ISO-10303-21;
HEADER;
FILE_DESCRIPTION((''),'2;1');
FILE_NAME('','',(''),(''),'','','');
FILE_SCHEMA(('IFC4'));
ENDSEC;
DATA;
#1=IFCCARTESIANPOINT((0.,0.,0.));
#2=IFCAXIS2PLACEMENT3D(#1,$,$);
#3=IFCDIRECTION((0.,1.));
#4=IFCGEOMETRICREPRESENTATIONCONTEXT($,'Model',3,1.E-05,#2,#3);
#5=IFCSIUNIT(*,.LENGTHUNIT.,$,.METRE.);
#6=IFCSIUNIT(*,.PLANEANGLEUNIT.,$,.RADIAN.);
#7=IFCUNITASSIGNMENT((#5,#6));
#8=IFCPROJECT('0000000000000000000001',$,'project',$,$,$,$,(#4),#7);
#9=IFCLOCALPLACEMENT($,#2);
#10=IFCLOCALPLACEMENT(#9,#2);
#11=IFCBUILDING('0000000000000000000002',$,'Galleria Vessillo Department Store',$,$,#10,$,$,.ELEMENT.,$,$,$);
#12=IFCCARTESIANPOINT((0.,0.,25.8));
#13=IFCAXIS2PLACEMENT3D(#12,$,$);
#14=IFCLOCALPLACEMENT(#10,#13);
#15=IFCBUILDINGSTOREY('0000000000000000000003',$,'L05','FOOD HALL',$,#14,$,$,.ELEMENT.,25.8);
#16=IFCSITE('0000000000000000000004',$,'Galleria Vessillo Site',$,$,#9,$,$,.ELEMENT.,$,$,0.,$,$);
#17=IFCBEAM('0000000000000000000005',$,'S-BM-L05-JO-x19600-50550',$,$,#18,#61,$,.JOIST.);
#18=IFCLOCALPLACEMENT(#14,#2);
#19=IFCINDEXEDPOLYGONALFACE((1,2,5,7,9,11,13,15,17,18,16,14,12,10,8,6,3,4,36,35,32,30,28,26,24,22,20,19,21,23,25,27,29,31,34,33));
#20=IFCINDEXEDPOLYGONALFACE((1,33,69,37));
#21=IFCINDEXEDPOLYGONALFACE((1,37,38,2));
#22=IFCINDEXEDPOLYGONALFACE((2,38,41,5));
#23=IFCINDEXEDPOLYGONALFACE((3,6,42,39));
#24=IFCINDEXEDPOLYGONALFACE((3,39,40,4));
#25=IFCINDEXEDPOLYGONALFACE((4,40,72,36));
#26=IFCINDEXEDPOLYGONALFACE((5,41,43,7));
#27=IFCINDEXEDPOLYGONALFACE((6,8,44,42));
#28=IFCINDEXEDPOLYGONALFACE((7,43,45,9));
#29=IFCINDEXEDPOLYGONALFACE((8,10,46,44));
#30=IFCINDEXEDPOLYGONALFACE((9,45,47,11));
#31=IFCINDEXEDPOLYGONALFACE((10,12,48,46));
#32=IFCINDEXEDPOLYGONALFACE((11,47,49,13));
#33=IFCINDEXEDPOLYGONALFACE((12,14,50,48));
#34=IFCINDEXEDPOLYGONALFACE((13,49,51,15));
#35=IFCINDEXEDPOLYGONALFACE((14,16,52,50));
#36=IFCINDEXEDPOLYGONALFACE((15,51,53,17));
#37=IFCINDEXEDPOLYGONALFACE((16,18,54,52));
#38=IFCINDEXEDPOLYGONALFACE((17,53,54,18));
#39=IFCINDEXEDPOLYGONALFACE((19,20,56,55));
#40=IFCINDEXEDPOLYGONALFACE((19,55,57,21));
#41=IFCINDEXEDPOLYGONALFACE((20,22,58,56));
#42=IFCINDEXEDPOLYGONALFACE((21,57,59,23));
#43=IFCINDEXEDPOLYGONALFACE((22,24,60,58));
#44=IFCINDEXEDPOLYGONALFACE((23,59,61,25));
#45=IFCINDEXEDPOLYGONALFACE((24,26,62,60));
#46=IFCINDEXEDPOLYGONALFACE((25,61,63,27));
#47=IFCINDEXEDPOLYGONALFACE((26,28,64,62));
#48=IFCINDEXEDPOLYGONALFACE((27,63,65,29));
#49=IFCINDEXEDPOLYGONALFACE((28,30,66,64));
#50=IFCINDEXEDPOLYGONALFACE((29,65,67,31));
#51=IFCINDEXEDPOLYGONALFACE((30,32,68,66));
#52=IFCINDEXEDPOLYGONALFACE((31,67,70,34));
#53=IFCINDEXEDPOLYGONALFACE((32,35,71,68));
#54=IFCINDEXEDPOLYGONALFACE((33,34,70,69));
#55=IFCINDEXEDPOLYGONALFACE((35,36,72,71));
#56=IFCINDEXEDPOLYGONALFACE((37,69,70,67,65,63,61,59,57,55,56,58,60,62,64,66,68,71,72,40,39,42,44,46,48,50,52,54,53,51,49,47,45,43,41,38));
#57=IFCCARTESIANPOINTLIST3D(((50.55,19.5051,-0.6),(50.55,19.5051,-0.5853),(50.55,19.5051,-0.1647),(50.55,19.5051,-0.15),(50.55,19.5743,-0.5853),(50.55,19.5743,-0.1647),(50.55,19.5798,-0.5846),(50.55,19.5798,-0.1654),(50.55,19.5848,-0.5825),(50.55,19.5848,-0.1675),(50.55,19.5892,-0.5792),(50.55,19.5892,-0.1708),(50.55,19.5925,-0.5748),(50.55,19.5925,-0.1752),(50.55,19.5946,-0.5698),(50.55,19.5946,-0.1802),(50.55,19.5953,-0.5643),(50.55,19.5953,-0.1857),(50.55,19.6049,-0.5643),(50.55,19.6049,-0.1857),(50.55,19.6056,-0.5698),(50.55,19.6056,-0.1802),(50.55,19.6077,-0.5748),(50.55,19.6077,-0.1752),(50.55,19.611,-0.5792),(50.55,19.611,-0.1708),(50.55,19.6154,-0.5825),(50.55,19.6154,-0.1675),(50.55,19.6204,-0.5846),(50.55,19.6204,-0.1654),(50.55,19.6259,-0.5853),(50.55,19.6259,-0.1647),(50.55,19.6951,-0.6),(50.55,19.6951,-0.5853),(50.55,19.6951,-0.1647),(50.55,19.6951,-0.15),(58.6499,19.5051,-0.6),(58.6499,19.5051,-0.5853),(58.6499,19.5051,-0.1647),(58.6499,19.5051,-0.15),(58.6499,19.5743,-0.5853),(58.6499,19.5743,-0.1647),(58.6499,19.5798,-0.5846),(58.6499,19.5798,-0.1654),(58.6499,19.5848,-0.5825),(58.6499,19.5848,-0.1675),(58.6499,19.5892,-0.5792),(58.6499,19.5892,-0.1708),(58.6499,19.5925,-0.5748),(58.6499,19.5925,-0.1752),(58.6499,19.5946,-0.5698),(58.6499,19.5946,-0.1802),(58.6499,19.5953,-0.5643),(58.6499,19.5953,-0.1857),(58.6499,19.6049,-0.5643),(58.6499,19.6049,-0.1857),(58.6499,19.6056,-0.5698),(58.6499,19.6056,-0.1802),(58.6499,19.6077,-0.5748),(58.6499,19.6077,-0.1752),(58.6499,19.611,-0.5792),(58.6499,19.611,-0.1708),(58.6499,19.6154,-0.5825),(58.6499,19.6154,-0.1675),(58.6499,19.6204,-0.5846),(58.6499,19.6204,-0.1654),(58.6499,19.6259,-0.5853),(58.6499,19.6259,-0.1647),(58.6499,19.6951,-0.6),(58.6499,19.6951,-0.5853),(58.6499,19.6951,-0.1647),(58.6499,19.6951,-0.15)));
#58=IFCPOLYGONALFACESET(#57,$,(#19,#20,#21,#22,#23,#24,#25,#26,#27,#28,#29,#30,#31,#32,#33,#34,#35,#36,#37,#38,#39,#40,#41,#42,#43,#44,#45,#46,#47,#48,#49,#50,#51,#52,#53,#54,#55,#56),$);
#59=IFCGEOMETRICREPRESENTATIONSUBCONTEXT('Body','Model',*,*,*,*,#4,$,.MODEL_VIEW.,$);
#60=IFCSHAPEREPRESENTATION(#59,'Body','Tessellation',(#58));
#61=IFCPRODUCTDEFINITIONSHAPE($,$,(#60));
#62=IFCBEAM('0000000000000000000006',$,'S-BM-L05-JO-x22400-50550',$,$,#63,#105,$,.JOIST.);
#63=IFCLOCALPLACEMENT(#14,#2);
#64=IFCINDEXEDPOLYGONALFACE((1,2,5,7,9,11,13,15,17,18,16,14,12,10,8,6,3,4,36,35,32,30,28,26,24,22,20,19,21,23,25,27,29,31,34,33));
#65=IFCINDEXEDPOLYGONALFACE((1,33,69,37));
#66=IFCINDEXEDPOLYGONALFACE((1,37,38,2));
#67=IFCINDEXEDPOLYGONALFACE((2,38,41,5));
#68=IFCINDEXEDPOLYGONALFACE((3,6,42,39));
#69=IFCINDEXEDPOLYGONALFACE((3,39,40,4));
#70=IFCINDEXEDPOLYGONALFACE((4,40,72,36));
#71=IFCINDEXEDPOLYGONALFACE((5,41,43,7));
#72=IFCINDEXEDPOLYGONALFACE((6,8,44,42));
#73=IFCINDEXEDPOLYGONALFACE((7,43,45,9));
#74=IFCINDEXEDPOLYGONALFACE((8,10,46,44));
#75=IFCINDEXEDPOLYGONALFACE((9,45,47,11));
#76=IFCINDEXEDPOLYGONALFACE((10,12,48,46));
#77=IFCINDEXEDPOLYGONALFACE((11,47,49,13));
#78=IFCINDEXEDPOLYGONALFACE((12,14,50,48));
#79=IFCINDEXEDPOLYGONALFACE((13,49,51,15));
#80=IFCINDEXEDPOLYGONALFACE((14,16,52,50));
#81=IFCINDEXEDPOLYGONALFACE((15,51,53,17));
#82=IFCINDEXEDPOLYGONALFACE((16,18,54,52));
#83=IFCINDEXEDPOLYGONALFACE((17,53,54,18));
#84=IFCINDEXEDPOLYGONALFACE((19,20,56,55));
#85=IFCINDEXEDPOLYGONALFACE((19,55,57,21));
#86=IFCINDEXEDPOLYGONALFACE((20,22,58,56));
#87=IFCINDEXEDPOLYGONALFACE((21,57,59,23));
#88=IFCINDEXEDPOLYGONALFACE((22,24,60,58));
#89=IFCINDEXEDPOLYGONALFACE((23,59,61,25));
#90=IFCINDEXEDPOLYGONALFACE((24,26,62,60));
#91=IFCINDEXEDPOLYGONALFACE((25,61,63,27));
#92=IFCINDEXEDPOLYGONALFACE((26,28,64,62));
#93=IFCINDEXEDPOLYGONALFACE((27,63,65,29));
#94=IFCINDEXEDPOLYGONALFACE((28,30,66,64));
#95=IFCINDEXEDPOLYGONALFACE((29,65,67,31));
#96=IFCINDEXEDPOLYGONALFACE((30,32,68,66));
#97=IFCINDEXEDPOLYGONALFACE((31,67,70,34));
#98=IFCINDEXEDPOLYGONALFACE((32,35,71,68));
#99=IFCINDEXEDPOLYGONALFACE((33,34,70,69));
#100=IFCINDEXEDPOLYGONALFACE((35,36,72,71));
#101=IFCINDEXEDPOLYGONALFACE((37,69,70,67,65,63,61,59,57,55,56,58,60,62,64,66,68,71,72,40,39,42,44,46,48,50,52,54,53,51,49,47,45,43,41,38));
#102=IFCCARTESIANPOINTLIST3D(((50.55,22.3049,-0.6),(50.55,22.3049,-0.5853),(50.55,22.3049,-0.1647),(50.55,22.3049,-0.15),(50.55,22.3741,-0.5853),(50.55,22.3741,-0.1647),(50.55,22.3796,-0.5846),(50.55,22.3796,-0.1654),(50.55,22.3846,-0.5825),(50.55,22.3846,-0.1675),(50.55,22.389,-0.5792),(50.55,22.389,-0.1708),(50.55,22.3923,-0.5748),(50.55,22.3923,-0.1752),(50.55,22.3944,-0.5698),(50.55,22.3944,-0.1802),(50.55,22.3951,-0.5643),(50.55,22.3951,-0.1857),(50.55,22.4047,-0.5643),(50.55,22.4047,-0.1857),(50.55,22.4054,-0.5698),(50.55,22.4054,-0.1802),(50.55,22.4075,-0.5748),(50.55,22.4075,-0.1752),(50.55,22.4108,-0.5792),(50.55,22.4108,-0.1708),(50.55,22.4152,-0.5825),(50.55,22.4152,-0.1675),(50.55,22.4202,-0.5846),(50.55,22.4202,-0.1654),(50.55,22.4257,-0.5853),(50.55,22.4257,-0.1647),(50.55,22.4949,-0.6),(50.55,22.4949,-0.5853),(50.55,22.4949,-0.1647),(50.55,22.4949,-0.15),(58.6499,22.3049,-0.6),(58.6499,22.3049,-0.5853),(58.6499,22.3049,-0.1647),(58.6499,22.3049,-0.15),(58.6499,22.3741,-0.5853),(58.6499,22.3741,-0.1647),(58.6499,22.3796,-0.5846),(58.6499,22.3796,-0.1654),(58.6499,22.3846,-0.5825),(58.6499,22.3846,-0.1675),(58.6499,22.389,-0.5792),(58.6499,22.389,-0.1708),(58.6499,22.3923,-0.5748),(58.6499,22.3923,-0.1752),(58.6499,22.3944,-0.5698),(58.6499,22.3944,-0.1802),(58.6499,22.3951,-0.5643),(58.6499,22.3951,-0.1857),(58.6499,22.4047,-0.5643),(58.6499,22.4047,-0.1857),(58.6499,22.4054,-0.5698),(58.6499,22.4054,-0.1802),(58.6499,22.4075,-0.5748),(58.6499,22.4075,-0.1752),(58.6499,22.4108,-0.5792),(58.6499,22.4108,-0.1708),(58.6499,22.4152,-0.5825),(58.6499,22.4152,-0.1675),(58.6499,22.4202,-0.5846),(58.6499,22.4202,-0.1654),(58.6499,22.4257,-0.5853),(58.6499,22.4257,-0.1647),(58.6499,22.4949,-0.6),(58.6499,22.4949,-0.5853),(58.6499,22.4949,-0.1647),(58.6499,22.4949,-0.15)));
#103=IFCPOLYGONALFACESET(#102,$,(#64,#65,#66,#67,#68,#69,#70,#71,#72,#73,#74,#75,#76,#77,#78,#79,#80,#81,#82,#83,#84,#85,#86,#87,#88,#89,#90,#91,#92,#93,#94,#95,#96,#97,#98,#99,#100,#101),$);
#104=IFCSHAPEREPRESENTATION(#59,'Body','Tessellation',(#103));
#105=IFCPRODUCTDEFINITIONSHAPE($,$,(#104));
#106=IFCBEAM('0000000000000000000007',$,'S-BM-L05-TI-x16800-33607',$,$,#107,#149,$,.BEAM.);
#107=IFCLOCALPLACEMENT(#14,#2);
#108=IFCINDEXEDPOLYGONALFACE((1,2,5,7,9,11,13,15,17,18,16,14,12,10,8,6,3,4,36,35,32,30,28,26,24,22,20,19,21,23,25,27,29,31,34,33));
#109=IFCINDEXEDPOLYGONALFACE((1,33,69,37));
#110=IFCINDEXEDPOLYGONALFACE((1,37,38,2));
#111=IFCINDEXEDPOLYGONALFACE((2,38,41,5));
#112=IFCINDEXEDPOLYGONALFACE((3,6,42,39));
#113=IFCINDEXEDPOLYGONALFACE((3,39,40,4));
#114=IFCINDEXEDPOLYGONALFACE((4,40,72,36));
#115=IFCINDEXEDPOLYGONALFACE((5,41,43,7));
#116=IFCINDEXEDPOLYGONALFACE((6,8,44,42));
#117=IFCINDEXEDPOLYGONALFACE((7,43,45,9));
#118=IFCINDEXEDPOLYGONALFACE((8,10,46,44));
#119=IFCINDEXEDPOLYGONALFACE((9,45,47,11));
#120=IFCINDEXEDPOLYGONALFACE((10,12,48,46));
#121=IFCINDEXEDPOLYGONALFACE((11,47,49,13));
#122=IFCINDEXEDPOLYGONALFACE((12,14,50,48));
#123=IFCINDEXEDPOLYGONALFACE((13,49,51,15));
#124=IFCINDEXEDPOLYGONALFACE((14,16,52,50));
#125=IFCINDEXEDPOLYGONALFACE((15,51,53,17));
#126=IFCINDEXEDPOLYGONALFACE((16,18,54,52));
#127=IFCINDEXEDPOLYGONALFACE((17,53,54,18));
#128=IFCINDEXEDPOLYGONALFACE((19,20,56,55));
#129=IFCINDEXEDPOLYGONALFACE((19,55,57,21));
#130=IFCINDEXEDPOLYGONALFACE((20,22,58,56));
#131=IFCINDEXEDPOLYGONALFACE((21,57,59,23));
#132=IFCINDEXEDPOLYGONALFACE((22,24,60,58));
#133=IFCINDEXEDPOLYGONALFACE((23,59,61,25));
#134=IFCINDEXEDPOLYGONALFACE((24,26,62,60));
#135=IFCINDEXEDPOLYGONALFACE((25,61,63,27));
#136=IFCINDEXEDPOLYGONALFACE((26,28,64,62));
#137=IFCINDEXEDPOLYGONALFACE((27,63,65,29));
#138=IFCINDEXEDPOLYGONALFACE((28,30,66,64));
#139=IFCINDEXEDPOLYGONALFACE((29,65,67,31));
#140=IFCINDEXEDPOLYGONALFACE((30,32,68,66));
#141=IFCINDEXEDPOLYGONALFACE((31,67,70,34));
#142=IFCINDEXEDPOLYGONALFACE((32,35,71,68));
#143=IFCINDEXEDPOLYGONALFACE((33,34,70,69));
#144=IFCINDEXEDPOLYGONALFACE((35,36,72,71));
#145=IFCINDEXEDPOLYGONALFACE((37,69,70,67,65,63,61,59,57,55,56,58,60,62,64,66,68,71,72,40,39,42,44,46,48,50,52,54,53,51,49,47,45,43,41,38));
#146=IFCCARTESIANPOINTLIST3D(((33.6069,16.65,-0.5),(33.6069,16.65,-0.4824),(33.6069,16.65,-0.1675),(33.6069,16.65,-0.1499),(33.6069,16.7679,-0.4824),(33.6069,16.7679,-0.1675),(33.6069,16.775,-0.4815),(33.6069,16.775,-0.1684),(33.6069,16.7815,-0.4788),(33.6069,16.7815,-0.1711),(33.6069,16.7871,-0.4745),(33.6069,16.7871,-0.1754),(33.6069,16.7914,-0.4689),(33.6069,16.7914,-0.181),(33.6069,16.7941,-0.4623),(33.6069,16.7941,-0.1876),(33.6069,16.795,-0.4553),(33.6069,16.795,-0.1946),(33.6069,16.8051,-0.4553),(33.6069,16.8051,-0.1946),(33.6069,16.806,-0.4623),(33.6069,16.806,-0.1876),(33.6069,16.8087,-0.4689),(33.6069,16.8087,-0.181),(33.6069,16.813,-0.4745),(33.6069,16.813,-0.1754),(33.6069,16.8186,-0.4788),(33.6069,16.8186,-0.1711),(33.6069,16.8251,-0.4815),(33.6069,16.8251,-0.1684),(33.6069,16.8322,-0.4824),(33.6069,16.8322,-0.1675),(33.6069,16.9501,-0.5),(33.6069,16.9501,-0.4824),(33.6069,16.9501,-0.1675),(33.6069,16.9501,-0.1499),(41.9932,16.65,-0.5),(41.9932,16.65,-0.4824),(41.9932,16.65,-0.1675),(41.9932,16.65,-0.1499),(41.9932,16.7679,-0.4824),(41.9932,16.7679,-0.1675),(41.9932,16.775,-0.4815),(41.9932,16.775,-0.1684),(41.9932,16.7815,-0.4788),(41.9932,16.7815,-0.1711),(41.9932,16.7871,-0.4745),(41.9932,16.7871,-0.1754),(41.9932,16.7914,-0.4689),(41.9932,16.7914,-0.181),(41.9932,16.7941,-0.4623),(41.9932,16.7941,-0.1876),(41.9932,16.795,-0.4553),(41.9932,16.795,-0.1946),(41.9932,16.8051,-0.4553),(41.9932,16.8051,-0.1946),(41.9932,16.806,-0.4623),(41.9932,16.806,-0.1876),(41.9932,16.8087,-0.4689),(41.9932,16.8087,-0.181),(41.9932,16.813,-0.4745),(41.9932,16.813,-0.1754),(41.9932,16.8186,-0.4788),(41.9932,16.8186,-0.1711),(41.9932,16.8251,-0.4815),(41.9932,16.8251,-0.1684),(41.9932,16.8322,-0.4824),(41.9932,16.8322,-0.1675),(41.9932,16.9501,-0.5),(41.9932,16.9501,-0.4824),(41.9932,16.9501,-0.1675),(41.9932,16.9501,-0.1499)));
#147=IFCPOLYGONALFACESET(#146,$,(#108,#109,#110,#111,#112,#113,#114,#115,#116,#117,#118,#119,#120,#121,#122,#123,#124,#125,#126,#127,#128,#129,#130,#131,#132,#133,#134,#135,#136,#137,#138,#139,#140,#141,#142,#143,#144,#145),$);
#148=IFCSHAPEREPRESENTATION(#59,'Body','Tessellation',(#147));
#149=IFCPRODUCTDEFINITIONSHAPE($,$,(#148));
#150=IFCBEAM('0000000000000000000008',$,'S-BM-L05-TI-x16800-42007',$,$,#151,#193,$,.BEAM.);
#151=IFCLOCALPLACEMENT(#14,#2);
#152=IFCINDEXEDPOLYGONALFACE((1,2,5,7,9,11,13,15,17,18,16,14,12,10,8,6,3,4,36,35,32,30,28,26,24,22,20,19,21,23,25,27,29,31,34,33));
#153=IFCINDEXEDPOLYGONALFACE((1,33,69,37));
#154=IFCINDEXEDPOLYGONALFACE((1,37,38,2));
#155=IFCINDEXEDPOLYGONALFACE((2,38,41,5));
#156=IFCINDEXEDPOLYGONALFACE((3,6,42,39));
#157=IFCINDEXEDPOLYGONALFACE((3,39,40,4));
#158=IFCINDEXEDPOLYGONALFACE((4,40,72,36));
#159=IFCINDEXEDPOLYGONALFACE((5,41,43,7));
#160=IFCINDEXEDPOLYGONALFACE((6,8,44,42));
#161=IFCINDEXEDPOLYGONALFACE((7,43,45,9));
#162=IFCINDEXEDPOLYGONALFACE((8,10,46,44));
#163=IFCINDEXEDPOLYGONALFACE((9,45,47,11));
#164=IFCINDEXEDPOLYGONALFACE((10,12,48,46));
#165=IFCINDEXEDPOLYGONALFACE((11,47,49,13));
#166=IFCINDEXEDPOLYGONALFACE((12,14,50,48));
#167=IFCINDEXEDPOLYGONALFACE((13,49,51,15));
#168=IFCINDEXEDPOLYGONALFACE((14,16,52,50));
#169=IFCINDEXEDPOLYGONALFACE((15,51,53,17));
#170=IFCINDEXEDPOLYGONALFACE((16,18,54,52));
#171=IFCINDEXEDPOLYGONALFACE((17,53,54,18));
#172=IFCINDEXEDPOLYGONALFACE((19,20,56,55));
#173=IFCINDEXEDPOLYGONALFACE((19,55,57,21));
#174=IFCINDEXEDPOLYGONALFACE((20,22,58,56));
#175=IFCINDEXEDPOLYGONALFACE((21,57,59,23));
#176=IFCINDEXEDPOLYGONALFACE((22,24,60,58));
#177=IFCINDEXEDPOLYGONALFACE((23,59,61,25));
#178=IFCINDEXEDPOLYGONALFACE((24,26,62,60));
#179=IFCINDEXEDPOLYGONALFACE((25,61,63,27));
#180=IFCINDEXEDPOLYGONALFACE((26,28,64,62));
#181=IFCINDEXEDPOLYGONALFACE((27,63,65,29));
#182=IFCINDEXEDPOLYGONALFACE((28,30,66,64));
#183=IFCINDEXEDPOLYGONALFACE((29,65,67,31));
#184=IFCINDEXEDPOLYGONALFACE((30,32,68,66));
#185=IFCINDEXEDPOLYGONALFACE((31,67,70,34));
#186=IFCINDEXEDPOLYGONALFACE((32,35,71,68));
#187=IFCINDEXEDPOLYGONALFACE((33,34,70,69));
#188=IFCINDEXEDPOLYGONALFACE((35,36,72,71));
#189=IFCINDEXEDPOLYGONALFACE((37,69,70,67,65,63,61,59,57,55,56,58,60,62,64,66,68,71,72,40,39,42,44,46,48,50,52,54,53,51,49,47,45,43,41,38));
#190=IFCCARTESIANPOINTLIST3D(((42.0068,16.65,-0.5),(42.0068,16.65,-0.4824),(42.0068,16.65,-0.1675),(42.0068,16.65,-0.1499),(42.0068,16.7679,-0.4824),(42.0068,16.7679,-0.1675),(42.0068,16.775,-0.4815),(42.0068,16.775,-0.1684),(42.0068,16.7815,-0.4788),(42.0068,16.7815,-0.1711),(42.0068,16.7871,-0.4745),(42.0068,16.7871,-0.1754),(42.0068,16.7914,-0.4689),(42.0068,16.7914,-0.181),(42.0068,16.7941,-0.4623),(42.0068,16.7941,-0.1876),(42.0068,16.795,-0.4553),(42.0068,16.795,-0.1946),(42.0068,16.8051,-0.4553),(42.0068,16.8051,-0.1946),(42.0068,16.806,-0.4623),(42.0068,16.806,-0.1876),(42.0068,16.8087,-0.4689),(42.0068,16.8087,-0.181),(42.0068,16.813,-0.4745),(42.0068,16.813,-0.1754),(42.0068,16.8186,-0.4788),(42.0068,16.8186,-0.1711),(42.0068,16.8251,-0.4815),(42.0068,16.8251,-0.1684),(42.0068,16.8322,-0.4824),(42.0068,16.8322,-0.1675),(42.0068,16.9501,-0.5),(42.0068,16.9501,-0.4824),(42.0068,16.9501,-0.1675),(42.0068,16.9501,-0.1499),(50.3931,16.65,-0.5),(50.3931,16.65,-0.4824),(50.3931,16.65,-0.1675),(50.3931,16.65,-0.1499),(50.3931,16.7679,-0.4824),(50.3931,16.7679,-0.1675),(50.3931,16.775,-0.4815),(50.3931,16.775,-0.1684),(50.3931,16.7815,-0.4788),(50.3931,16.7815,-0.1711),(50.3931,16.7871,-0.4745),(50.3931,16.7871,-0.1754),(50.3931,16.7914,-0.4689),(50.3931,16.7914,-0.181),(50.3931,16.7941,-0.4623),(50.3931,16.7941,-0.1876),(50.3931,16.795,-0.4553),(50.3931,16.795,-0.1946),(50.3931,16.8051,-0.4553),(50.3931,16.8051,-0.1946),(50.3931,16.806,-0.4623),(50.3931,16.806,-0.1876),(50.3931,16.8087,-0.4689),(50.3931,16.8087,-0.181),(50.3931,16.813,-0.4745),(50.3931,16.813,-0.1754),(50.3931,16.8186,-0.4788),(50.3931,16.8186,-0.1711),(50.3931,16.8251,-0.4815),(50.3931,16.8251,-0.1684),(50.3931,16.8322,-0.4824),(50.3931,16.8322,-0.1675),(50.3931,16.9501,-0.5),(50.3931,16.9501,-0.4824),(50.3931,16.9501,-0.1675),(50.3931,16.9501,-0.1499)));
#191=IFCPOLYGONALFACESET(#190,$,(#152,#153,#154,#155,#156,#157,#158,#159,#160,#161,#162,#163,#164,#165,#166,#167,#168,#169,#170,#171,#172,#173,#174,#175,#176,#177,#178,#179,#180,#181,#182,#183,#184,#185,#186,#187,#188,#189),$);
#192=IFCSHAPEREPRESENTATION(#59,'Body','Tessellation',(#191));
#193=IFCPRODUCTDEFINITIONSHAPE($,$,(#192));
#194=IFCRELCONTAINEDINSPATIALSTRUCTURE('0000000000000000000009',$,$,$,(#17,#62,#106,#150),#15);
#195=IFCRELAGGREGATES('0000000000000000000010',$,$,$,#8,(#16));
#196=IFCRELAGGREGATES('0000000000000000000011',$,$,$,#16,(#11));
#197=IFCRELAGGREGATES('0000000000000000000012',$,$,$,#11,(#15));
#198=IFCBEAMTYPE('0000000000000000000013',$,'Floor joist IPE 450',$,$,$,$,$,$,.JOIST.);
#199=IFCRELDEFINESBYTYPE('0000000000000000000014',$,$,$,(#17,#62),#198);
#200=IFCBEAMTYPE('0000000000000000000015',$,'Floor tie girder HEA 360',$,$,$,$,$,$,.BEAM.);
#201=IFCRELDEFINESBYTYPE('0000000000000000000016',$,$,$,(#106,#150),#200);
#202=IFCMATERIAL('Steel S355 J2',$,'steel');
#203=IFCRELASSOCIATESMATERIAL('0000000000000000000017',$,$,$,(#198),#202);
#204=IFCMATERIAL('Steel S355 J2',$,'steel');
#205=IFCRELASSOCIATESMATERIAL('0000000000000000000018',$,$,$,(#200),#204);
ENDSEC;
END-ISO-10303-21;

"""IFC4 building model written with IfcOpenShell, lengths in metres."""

from ifc_helpers import new_model, si_unit, direction, frame, origin, origin_2d, place, context, subcontext, project, spatial, i_section, extrude, material, material_profile, profile_set, type_object, element, save


model = new_model("IFC4")

# Units and contexts
model_context = context("Model", 3, precision=1e-05, world=origin(), true_north=direction((0.0, 1.0)))
body_context = subcontext(model_context, "Body", "Model", "MODEL_VIEW")
ifc_project = project(units=[si_unit("LENGTHUNIT", "METRE"), si_unit("PLANEANGLEUNIT", "RADIAN")], contexts=[model_context])

# Site, building, storey
site_placement = place(None, origin())
site = spatial("IfcSite", under=ifc_project, at=site_placement, Name="Galleria Vessillo Site", CompositionType="ELEMENT", RefElevation=0.0)
building_placement = place(site_placement, origin())
building = spatial("IfcBuilding", under=site, at=building_placement, Name="Galleria Vessillo Department Store", CompositionType="ELEMENT")
storey_placement = place(building_placement, frame((0.0, 0.0, 25.8)))
storey = spatial("IfcBuildingStorey", under=building, at=storey_placement, Name="L05", Description="FOOD HALL", CompositionType="ELEMENT", Elevation=25.8)

# Beams
ifc_material_1 = material(Name="Steel S355 J2", Category="steel")
ifc_material_profile_1 = material_profile(ifc_material_1, i_section(OverallWidth=0.1899, OverallDepth=0.45, WebThickness=0.0095, FlangeThickness=0.0146, FilletRadius=0.021, at=origin_2d()), Name="IPE 450")
ifc_profile_set_1 = profile_set([ifc_material_profile_1], Name="Steel S355 J2")
beam_type_1 = type_object("IfcBeamType", Name="Floor joist IPE 450", PredefinedType="JOIST", material=ifc_profile_set_1)
for number, where, z_axis, x_axis, name in (
    (1, (50.55, 19.6001, -0.375), (1.0, 0.0, 0.0), (0.0, 1.0, 0.0), "S-BM-L05-JO-x19600-50550"),
    (2, (50.55, 22.3999, -0.375), (1.0, 0.0, 0.0), (0.0, 1.0, 0.0), "S-BM-L05-JO-x22400-50550"),
):
    element("IfcBeam", number, at=place(storey_placement, frame(where, z_axis=z_axis, x_axis=x_axis)), inside=storey, type_object=beam_type_1, Name=name, PredefinedType="JOIST", context=body_context, shape_type="SweptSolid", body=[
        extrude(i_section(OverallWidth=0.1899, OverallDepth=0.45, WebThickness=0.0095, FlangeThickness=0.0146, FilletRadius=0.021, at=origin_2d()), origin(), (0.0, 0.0, 1.0), 8.0999),
    ])
ifc_material_2 = material(Name="Steel S355 J2", Category="steel")
ifc_material_profile_2 = material_profile(ifc_material_2, i_section(OverallWidth=0.3, OverallDepth=0.3501, WebThickness=0.01, FlangeThickness=0.0176, FilletRadius=0.0271, at=origin_2d()), Name="HEA 360")
ifc_profile_set_2 = profile_set([ifc_material_profile_2], Name="Steel S355 J2")
beam_type_2 = type_object("IfcBeamType", Name="Floor tie girder HEA 360", PredefinedType="BEAM", material=ifc_profile_set_2)
for number, where, z_axis, x_axis, name in (
    (3, (33.6069, 16.8, -0.325), (1.0, 0.0, 0.0), (0.0, 1.0, 0.0), "S-BM-L05-TI-x16800-33607"),
    (4, (42.0068, 16.8, -0.325), (1.0, 0.0, 0.0), (0.0, 1.0, 0.0), "S-BM-L05-TI-x16800-42007"),
):
    element("IfcBeam", number, at=place(storey_placement, frame(where, z_axis=z_axis, x_axis=x_axis)), inside=storey, type_object=beam_type_2, Name=name, PredefinedType="BEAM", context=body_context, shape_type="SweptSolid", body=[
        extrude(i_section(OverallWidth=0.3, OverallDepth=0.3501, WebThickness=0.01, FlangeThickness=0.0176, FilletRadius=0.0271, at=origin_2d()), origin(), (0.0, 0.0, 1.0), 8.3862),
    ])

save(model, "model.ifc")
